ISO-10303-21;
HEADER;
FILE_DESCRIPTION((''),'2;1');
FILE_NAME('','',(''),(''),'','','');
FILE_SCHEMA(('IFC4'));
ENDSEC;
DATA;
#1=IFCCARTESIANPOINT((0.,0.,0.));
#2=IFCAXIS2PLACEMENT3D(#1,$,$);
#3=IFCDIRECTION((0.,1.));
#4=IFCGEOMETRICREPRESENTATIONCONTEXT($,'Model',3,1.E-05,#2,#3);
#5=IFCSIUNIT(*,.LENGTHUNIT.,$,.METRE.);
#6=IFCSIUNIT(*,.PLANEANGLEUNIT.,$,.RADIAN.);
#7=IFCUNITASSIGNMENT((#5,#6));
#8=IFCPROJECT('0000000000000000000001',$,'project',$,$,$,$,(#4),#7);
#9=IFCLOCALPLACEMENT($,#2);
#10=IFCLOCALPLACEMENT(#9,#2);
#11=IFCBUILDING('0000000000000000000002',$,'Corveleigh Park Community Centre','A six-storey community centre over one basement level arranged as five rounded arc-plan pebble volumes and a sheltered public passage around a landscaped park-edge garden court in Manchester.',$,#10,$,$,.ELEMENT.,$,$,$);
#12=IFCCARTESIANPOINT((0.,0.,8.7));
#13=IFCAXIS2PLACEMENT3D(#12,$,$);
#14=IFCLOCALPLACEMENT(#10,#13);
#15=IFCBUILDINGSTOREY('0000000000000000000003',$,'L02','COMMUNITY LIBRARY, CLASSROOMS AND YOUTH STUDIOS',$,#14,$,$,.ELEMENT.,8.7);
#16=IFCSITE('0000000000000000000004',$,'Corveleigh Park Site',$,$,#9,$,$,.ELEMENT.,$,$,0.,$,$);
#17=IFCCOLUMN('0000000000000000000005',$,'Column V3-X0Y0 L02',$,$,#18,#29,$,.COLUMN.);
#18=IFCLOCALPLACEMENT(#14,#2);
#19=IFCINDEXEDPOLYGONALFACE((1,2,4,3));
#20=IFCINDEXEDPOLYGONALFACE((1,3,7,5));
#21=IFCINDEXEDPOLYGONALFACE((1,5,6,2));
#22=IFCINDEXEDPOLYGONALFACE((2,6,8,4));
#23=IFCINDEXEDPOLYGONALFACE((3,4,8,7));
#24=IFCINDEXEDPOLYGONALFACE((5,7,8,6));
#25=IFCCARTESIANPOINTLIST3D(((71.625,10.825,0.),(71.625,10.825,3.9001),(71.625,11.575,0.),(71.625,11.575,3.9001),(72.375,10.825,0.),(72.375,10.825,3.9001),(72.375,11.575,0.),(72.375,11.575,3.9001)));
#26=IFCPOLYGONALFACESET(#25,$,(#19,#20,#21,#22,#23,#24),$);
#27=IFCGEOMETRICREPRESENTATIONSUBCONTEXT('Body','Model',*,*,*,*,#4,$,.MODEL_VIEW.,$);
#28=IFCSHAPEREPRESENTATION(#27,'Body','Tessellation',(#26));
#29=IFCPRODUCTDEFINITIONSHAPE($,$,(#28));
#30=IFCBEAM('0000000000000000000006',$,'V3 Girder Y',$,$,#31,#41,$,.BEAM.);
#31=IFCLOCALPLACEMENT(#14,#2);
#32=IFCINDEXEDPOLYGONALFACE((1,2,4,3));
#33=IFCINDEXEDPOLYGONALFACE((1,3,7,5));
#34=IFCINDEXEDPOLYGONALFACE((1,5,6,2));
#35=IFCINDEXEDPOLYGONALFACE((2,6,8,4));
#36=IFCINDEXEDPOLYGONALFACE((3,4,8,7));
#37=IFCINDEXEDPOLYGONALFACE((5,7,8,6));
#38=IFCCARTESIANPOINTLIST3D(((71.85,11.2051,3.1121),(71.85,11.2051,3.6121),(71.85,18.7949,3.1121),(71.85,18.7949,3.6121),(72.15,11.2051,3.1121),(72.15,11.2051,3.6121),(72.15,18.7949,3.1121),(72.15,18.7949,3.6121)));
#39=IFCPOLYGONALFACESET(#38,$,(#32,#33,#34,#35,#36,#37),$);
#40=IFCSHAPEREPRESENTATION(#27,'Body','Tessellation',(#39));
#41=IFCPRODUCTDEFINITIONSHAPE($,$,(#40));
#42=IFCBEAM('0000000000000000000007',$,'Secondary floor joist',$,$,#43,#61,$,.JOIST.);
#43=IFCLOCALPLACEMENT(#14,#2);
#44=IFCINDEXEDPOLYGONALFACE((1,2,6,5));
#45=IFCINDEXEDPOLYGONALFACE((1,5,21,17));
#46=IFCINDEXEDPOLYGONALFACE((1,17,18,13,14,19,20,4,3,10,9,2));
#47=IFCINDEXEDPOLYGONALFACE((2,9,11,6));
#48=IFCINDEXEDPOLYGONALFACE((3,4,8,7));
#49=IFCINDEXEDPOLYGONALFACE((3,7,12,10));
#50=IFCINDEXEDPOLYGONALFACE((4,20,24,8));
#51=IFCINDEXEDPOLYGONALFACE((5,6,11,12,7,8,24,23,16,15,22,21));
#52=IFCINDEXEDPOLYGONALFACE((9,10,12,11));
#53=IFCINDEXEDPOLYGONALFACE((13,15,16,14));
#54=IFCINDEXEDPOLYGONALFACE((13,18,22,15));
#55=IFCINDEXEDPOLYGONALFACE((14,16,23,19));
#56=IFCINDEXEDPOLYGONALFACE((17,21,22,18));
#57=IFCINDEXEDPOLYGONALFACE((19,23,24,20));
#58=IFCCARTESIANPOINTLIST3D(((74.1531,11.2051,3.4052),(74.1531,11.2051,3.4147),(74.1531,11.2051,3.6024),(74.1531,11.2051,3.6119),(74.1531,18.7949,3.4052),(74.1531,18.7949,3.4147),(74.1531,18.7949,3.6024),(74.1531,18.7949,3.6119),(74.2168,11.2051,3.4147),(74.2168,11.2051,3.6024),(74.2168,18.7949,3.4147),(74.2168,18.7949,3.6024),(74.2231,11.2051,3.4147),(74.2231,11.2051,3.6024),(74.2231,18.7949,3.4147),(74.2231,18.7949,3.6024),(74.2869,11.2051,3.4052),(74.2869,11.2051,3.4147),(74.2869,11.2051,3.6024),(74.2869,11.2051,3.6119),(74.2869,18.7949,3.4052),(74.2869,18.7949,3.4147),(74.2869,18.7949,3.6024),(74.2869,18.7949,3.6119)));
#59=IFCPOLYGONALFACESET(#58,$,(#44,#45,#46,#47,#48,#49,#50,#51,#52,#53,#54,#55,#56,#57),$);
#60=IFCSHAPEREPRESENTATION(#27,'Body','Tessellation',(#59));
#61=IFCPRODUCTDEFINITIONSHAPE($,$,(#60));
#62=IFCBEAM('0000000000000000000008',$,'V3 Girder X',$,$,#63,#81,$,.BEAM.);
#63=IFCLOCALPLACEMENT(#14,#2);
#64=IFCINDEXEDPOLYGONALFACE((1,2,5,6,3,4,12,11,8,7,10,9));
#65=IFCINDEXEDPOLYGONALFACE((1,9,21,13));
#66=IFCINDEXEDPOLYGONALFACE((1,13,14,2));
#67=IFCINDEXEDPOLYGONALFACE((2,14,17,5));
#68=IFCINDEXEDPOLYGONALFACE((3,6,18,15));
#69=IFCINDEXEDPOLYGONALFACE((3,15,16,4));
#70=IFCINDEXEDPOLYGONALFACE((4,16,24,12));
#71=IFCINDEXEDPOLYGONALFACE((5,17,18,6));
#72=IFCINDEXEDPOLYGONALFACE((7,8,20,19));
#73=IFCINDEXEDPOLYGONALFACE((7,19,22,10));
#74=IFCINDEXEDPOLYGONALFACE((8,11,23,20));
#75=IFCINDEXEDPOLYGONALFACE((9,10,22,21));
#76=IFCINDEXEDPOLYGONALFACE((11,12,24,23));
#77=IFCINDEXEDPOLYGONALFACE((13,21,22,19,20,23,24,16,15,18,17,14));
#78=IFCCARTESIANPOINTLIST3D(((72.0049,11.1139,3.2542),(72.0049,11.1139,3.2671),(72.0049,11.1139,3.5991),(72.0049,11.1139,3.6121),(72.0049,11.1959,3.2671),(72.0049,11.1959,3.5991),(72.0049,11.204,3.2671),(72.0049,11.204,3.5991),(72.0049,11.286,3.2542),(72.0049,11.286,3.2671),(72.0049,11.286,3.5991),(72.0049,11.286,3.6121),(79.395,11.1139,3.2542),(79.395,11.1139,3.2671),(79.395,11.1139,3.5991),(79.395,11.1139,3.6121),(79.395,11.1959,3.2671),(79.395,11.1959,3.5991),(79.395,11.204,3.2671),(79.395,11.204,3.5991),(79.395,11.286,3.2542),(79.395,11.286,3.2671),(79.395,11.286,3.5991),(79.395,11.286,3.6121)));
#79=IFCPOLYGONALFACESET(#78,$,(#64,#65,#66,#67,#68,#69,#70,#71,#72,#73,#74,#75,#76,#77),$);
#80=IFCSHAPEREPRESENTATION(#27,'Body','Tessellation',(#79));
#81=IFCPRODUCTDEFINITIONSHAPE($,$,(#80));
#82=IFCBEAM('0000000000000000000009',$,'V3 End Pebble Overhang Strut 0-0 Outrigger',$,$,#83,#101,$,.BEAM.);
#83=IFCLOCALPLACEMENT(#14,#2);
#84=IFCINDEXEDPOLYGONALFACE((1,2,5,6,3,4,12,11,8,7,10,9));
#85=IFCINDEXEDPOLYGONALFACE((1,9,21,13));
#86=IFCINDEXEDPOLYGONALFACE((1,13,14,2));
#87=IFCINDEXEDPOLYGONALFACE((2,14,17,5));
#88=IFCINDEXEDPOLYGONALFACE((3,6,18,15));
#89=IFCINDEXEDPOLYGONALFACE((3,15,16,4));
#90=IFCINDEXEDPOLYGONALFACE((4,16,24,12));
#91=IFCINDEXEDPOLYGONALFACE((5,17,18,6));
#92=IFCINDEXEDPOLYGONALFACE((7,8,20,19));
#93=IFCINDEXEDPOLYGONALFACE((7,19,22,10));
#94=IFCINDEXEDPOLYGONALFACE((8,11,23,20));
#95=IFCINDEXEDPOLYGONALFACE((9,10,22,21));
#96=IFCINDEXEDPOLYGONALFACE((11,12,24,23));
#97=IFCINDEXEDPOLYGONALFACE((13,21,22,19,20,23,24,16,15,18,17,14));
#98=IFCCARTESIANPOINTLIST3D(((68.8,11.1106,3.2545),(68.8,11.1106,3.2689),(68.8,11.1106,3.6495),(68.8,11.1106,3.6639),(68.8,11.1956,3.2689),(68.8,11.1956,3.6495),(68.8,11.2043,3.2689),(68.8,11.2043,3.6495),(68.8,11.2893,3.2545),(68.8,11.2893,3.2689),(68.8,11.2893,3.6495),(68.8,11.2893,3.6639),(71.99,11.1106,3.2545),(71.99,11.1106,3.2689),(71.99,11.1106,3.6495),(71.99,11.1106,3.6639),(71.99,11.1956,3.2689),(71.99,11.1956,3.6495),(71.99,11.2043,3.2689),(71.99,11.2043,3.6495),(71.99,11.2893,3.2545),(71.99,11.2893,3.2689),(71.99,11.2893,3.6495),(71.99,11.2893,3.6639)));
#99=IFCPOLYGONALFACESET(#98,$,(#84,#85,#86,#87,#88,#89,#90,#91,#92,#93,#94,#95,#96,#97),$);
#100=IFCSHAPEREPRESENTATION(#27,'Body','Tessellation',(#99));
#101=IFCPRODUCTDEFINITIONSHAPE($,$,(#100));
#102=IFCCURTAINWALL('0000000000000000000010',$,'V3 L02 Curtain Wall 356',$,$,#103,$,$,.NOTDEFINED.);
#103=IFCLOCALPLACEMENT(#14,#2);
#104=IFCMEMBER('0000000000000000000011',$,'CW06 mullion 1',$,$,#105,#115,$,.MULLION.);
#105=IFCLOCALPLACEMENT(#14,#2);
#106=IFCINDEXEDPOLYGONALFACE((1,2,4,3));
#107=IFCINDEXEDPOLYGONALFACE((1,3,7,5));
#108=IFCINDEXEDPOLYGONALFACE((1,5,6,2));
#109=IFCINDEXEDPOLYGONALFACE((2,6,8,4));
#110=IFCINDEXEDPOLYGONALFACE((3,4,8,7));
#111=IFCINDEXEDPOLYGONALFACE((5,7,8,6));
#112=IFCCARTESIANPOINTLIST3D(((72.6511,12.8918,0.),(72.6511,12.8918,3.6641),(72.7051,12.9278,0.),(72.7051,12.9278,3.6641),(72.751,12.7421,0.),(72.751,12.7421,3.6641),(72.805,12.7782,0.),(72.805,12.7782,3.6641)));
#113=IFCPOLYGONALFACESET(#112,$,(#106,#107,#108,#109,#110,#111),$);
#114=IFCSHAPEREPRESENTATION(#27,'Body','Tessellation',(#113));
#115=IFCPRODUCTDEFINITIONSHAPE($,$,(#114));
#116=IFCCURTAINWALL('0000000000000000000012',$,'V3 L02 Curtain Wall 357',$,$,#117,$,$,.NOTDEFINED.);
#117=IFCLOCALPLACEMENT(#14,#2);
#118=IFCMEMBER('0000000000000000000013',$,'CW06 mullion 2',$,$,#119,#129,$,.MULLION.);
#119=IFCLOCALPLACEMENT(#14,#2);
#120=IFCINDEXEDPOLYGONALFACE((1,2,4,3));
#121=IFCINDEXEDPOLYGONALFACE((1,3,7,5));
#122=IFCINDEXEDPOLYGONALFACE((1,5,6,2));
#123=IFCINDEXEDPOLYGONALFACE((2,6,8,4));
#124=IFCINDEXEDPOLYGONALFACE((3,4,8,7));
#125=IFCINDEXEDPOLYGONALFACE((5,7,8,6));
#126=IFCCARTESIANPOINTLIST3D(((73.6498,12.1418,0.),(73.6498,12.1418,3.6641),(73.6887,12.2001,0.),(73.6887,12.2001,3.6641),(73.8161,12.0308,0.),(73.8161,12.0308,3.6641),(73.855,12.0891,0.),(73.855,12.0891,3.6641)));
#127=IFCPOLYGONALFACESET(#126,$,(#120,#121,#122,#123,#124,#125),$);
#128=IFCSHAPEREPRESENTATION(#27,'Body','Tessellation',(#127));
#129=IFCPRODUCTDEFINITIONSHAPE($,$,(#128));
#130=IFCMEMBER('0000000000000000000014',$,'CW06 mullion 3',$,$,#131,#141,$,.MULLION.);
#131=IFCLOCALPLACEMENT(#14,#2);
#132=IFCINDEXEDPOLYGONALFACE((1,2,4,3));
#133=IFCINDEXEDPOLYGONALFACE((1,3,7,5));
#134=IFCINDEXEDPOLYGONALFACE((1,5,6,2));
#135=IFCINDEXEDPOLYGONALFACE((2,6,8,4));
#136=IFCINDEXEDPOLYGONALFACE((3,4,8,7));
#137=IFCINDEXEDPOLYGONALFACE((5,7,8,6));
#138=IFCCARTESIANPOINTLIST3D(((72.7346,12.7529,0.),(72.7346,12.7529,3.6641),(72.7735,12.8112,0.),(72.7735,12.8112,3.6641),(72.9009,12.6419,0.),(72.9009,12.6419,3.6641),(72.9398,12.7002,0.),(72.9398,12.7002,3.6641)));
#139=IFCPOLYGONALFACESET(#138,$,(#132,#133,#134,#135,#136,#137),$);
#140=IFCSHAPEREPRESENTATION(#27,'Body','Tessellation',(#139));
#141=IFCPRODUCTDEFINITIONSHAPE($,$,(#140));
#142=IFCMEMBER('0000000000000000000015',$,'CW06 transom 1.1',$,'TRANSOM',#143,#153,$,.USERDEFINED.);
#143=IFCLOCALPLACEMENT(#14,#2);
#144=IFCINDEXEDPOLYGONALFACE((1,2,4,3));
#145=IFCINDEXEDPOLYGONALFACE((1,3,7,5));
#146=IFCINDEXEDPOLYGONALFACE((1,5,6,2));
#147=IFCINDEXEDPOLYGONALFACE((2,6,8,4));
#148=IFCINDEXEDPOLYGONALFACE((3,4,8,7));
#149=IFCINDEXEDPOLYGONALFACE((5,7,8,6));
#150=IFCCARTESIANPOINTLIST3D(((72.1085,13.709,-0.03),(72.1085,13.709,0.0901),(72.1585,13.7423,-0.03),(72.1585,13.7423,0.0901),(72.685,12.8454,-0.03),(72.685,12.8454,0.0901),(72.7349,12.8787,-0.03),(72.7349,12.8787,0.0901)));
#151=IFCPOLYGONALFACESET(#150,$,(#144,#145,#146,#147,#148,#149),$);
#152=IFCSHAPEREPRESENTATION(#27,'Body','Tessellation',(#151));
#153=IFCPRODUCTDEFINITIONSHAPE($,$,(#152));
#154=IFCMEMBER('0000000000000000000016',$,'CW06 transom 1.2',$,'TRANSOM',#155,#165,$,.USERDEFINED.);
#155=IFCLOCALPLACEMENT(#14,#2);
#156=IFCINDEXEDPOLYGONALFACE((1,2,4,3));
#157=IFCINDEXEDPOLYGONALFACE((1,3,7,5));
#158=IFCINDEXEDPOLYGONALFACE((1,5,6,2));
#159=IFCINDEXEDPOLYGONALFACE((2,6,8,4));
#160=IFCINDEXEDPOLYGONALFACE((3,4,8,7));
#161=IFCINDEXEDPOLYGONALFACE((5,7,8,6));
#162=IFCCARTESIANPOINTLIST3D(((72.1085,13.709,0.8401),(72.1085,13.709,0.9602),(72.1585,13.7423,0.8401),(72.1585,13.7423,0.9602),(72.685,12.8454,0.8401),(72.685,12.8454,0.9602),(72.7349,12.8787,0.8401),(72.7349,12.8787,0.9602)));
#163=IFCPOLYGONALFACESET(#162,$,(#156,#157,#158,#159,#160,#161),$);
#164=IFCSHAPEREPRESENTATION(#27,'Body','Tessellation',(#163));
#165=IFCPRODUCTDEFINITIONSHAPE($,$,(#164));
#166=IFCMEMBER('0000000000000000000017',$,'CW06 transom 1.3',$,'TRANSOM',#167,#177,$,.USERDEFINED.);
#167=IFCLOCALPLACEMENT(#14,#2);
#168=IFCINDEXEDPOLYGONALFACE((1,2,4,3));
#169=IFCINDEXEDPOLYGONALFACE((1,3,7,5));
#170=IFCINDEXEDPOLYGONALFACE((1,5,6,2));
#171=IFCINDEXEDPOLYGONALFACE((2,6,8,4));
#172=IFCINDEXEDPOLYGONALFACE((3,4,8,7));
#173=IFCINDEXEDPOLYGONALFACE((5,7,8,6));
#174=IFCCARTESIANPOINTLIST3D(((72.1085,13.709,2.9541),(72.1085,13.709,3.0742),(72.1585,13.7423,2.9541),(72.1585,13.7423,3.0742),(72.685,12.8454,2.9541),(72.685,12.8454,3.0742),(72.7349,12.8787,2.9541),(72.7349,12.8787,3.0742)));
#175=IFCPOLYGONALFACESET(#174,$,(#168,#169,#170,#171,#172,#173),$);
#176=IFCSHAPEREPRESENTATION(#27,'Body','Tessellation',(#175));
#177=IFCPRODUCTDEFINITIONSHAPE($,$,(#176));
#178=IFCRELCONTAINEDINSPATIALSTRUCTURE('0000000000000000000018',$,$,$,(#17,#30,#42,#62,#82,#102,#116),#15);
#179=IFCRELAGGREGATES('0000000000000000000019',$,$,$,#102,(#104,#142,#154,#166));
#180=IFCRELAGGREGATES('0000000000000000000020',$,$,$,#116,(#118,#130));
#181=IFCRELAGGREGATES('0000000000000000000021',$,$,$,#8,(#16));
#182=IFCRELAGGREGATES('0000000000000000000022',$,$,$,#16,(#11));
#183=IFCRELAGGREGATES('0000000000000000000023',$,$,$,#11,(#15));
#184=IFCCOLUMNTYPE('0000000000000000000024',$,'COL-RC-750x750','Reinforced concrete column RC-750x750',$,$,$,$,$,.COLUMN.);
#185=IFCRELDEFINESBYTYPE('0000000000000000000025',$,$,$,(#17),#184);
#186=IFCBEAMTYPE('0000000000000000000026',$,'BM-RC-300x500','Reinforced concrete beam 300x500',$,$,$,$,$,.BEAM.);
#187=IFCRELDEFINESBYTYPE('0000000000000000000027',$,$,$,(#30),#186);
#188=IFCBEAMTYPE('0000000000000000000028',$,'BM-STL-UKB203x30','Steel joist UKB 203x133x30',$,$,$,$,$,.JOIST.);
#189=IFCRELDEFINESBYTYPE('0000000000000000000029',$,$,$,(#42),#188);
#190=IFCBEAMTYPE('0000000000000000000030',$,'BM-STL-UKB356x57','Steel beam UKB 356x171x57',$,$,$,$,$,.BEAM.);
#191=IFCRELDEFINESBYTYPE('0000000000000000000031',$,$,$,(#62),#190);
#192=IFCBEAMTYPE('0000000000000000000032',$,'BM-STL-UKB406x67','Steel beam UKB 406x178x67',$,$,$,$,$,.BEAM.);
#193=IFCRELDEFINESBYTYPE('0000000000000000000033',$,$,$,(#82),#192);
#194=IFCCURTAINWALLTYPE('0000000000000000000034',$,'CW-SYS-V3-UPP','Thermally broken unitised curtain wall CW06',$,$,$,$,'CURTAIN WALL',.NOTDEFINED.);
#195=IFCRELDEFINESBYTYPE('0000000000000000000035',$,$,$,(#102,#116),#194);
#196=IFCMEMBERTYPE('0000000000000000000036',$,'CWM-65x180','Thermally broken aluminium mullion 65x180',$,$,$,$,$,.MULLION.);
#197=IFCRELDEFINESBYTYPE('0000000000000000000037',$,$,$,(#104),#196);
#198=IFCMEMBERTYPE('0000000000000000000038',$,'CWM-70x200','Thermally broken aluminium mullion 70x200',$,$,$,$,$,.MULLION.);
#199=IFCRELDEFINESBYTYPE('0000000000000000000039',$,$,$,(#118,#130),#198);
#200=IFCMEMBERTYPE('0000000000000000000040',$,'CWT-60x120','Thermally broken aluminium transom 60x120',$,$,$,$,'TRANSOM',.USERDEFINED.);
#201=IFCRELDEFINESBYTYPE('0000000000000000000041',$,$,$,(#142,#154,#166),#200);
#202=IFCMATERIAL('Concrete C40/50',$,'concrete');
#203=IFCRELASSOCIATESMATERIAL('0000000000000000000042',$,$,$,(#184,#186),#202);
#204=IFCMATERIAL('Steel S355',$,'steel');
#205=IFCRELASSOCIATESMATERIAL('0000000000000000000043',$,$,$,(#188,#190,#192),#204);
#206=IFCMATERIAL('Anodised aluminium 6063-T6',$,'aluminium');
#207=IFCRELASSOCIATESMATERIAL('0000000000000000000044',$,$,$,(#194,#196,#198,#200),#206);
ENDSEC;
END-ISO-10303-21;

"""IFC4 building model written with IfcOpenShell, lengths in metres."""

from ifc_helpers import new_model, si_unit, direction, frame, origin, origin_2d, place, context, subcontext, project, spatial, rectangle, i_section, extrude, material, material_profile, profile_set, type_object, element, aggregate, save


model = new_model("IFC4")

# Units and contexts
model_context = context("Model", 3, precision=1e-05, world=origin(), true_north=direction((0.0, 1.0)))
body_context = subcontext(model_context, "Body", "Model", "MODEL_VIEW")
ifc_project = project(units=[si_unit("LENGTHUNIT", "METRE"), si_unit("PLANEANGLEUNIT", "RADIAN")], contexts=[model_context])

# Site, building, storey
site_placement = place(None, origin())
site = spatial("IfcSite", under=ifc_project, at=site_placement, Name="Corveleigh Park Site", CompositionType="ELEMENT", RefElevation=0.0)
building_placement = place(site_placement, origin())
building = spatial("IfcBuilding", under=site, at=building_placement, Name="Corveleigh Park Community Centre", Description="A six-storey community centre over one basement level arranged as five rounded arc-plan pebble volumes and a sheltered public passage around a landscaped park-edge garden court in Manchester.", CompositionType="ELEMENT")
storey_placement = place(building_placement, frame((0.0, 0.0, 8.7)))
storey = spatial("IfcBuildingStorey", under=building, at=storey_placement, Name="L02", Description="COMMUNITY LIBRARY, CLASSROOMS AND YOUTH STUDIOS", CompositionType="ELEMENT", Elevation=8.7)

# Column
ifc_material_1 = material(Name="Concrete C40/50", Category="concrete")
ifc_material_profile_1 = material_profile(ifc_material_1, rectangle(XDim=0.75, YDim=0.75, at=origin_2d()), Name="RC-750x750", Category="concrete")
ifc_profile_set_1 = profile_set([ifc_material_profile_1], Name="Concrete C40/50")
column_type = type_object("IfcColumnType", Name="COL-RC-750x750", Description="Reinforced concrete column RC-750x750", PredefinedType="COLUMN", material=ifc_profile_set_1)
column_placement = place(storey_placement, frame((72.0, 11.2, 0.0), z_axis=(0.0, 0.0, 1.0), x_axis=(1.0, 0.0, 0.0)))
element("IfcColumn", 1, at=column_placement, inside=storey, type_object=column_type, Name="Column V3-X0Y0 L02", PredefinedType="COLUMN", context=body_context, shape_type="SweptSolid", body=[
    extrude(rectangle(XDim=0.75, YDim=0.75, at=origin_2d()), origin(), (0.0, 0.0, 1.0), 3.9001),
])

# Beams
ifc_material_profile_2 = material_profile(ifc_material_1, rectangle(XDim=0.3, YDim=0.5, at=origin_2d()), Name="RC-300x500", Category="concrete")
ifc_profile_set_2 = profile_set([ifc_material_profile_2], Name="Concrete C40/50")
beam_type_1 = type_object("IfcBeamType", Name="BM-RC-300x500", Description="Reinforced concrete beam 300x500", PredefinedType="BEAM", material=ifc_profile_set_2)
beam_1_placement = place(storey_placement, frame((72.0, 11.2051, 3.3621), z_axis=(0.0, 1.0, 0.0), x_axis=(-1.0, 0.0, 0.0)))
element("IfcBeam", 2, at=beam_1_placement, inside=storey, type_object=beam_type_1, Name="V3 Girder Y", PredefinedType="BEAM", context=body_context, shape_type="SweptSolid", body=[
    extrude(rectangle(XDim=0.3, YDim=0.5, at=origin_2d()), origin(), (0.0, 0.0, 1.0), 7.5898),
])
ifc_material_2 = material(Name="Steel S355", Category="steel")
ifc_material_profile_3 = material_profile(ifc_material_2, i_section(OverallWidth=0.1338, OverallDepth=0.2068, WebThickness=0.0063, FlangeThickness=0.0095, at=origin_2d()), Name="UKB 203x133x30", Category="steel")
ifc_profile_set_3 = profile_set([ifc_material_profile_3], Name="Steel S355")
beam_type_2 = type_object("IfcBeamType", Name="BM-STL-UKB203x30", Description="Steel joist UKB 203x133x30", PredefinedType="JOIST", material=ifc_profile_set_3)
beam_2_placement = place(storey_placement, frame((74.22, 11.2051, 3.5085), z_axis=(0.0, 1.0, 0.0), x_axis=(-1.0, 0.0, 0.0)))
element("IfcBeam", 3, at=beam_2_placement, inside=storey, type_object=beam_type_2, Name="Secondary floor joist", PredefinedType="JOIST", context=body_context, shape_type="SweptSolid", body=[
    extrude(i_section(OverallWidth=0.1338, OverallDepth=0.2068, WebThickness=0.0063, FlangeThickness=0.0095, at=origin_2d()), origin(), (0.0, 0.0, 1.0), 7.5898),
])
ifc_material_profile_4 = material_profile(ifc_material_2, i_section(OverallWidth=0.1721, OverallDepth=0.3579, WebThickness=0.0081, FlangeThickness=0.0129, at=origin_2d()), Name="UKB 356x171x57", Category="steel")
ifc_profile_set_4 = profile_set([ifc_material_profile_4], Name="Steel S355")
beam_type_3 = type_object("IfcBeamType", Name="BM-STL-UKB356x57", Description="Steel beam UKB 356x171x57", PredefinedType="BEAM", material=ifc_profile_set_4)
beam_3_placement = place(storey_placement, frame((72.0049, 11.2, 3.4331), z_axis=(1.0, 0.0, 0.0), x_axis=(0.0, 1.0, 0.0)))
element("IfcBeam", 4, at=beam_3_placement, inside=storey, type_object=beam_type_3, Name="V3 Girder X", PredefinedType="BEAM", context=body_context, shape_type="SweptSolid", body=[
    extrude(i_section(OverallWidth=0.1721, OverallDepth=0.3579, WebThickness=0.0081, FlangeThickness=0.0129, at=origin_2d()), origin(), (0.0, 0.0, 1.0), 7.3901),
])
ifc_material_profile_5 = material_profile(ifc_material_2, i_section(OverallWidth=0.1787, OverallDepth=0.4094, WebThickness=0.0088, FlangeThickness=0.0144, at=origin_2d()), Name="UKB 406x178x67", Category="steel")
ifc_profile_set_5 = profile_set([ifc_material_profile_5], Name="Steel S355")
beam_type_4 = type_object("IfcBeamType", Name="BM-STL-UKB406x67", Description="Steel beam UKB 406x178x67", PredefinedType="BEAM", material=ifc_profile_set_5)
beam_4_placement = place(storey_placement, frame((71.99, 11.2, 3.4592), z_axis=(-1.0, 0.0, 0.0), x_axis=(0.0, -1.0, 0.0)))
element("IfcBeam", 5, at=beam_4_placement, inside=storey, type_object=beam_type_4, Name="V3 End Pebble Overhang Strut 0-0 Outrigger", PredefinedType="BEAM", context=body_context, shape_type="SweptSolid", body=[
    extrude(i_section(OverallWidth=0.1787, OverallDepth=0.4094, WebThickness=0.0088, FlangeThickness=0.0144, at=origin_2d()), origin(), (0.0, 0.0, 1.0), 3.1899),
])

# Curtain wall, member
ifc_material_3 = material(Name="Anodised aluminium 6063-T6", Category="aluminium")
curtain_wall_type = type_object("IfcCurtainWallType", Name="CW-SYS-V3-UPP", Description="Thermally broken unitised curtain wall CW06", ElementType="CURTAIN WALL", PredefinedType="NOTDEFINED", material=ifc_material_3)
curtain_wall_1_placement = place(storey_placement, origin())
curtain_wall_1 = element("IfcCurtainWall", 6, at=curtain_wall_1_placement, inside=storey, type_object=curtain_wall_type, Name="V3 L02 Curtain Wall 356", PredefinedType="NOTDEFINED")
ifc_material_profile_6 = material_profile(ifc_material_3, rectangle(XDim=0.0649, YDim=0.1799, at=origin_2d()), Name="ALU-M65x180", Category="aluminium")
ifc_profile_set_6 = profile_set([ifc_material_profile_6], Name="Anodised aluminium 6063-T6")
member_type_1 = type_object("IfcMemberType", Name="CWM-65x180", Description="Thermally broken aluminium mullion 65x180", PredefinedType="MULLION", material=ifc_profile_set_6)
member_1_placement = place(storey_placement, frame((72.728, 12.835, 0.0), z_axis=(0.0, 0.0, 1.0), x_axis=(-0.831711, -0.555208, 0.0)))
member_1 = element("IfcMember", 7, at=member_1_placement, type_object=member_type_1, Name="CW06 mullion 1", PredefinedType="MULLION", context=body_context, shape_type="SweptSolid", body=[
    extrude(rectangle(XDim=0.0649, YDim=0.1799, at=origin_2d()), origin(), (0.0, 0.0, 1.0), 3.6641),
])

# Curtain wall, members
curtain_wall_2_placement = place(storey_placement, origin())
curtain_wall_2 = element("IfcCurtainWall", 8, at=curtain_wall_2_placement, inside=storey, type_object=curtain_wall_type, Name="V3 L02 Curtain Wall 357", PredefinedType="NOTDEFINED")
ifc_material_profile_7 = material_profile(ifc_material_3, rectangle(XDim=0.0701, YDim=0.2, at=origin_2d()), Name="ALU-M70x200", Category="aluminium")
ifc_profile_set_7 = profile_set([ifc_material_profile_7], Name="Anodised aluminium 6063-T6")
member_type_2 = type_object("IfcMemberType", Name="CWM-70x200", Description="Thermally broken aluminium mullion 70x200", PredefinedType="MULLION", material=ifc_profile_set_7)
member_2_placement = place(storey_placement, frame((73.7524, 12.1155, 0.0), z_axis=(0.0, 0.0, 1.0), x_axis=(-0.555208, -0.831711, 0.0)))
member_2 = element("IfcMember", 9, at=member_2_placement, type_object=member_type_2, Name="CW06 mullion 2", PredefinedType="MULLION", context=body_context, shape_type="SweptSolid", body=[
    extrude(rectangle(XDim=0.0701, YDim=0.2, at=origin_2d()), origin(), (0.0, 0.0, 1.0), 3.6641),
])
member_3_placement = place(storey_placement, frame((72.8372, 12.7266, 0.0), z_axis=(0.0, 0.0, 1.0), x_axis=(-0.555208, -0.831711, 0.0)))
member_3 = element("IfcMember", 10, at=member_3_placement, type_object=member_type_2, Name="CW06 mullion 3", PredefinedType="MULLION", context=body_context, shape_type="SweptSolid", body=[
    extrude(rectangle(XDim=0.0701, YDim=0.2, at=origin_2d()), origin(), (0.0, 0.0, 1.0), 3.6641),
])

# Members
ifc_material_profile_8 = material_profile(ifc_material_3, rectangle(XDim=0.0601, YDim=0.1201, at=origin_2d()), Name="ALU-T60x120", Category="aluminium")
ifc_profile_set_8 = profile_set([ifc_material_profile_8], Name="Anodised aluminium 6063-T6")
member_type_3 = type_object("IfcMemberType", Name="CWT-60x120", Description="Thermally broken aluminium transom 60x120", ElementType="TRANSOM", PredefinedType="USERDEFINED", material=ifc_profile_set_8)
member_4_placement = place(storey_placement, frame((72.71, 12.8621, 0.03), z_axis=(-0.555188, 0.831725, 0.0), x_axis=(-0.831725, -0.555188, 0.0)))
member_4 = element("IfcMember", 11, at=member_4_placement, type_object=member_type_3, Name="CW06 transom 1.1", ObjectType="TRANSOM", PredefinedType="USERDEFINED", context=body_context, shape_type="SweptSolid", body=[
    extrude(rectangle(XDim=0.0601, YDim=0.1201, at=origin_2d()), origin(), (0.0, 0.0, 1.0), 1.0383),
])
member_5_placement = place(storey_placement, frame((72.71, 12.8621, 0.9001), z_axis=(-0.555188, 0.831725, 0.0), x_axis=(-0.831725, -0.555188, 0.0)))
member_5 = element("IfcMember", 12, at=member_5_placement, type_object=member_type_3, Name="CW06 transom 1.2", ObjectType="TRANSOM", PredefinedType="USERDEFINED", context=body_context, shape_type="SweptSolid", body=[
    extrude(rectangle(XDim=0.0601, YDim=0.1201, at=origin_2d()), origin(), (0.0, 0.0, 1.0), 1.0383),
])
member_6_placement = place(storey_placement, frame((72.71, 12.8621, 3.0142), z_axis=(-0.555188, 0.831725, 0.0), x_axis=(-0.831725, -0.555188, 0.0)))
member_6 = element("IfcMember", 13, at=member_6_placement, type_object=member_type_3, Name="CW06 transom 1.3", ObjectType="TRANSOM", PredefinedType="USERDEFINED", context=body_context, shape_type="SweptSolid", body=[
    extrude(rectangle(XDim=0.0601, YDim=0.1201, at=origin_2d()), origin(), (0.0, 0.0, 1.0), 1.0383),
])

aggregate(curtain_wall_1, [member_1, member_4, member_5, member_6])
aggregate(curtain_wall_2, [member_2, member_3])

save(model, "model.ifc")
